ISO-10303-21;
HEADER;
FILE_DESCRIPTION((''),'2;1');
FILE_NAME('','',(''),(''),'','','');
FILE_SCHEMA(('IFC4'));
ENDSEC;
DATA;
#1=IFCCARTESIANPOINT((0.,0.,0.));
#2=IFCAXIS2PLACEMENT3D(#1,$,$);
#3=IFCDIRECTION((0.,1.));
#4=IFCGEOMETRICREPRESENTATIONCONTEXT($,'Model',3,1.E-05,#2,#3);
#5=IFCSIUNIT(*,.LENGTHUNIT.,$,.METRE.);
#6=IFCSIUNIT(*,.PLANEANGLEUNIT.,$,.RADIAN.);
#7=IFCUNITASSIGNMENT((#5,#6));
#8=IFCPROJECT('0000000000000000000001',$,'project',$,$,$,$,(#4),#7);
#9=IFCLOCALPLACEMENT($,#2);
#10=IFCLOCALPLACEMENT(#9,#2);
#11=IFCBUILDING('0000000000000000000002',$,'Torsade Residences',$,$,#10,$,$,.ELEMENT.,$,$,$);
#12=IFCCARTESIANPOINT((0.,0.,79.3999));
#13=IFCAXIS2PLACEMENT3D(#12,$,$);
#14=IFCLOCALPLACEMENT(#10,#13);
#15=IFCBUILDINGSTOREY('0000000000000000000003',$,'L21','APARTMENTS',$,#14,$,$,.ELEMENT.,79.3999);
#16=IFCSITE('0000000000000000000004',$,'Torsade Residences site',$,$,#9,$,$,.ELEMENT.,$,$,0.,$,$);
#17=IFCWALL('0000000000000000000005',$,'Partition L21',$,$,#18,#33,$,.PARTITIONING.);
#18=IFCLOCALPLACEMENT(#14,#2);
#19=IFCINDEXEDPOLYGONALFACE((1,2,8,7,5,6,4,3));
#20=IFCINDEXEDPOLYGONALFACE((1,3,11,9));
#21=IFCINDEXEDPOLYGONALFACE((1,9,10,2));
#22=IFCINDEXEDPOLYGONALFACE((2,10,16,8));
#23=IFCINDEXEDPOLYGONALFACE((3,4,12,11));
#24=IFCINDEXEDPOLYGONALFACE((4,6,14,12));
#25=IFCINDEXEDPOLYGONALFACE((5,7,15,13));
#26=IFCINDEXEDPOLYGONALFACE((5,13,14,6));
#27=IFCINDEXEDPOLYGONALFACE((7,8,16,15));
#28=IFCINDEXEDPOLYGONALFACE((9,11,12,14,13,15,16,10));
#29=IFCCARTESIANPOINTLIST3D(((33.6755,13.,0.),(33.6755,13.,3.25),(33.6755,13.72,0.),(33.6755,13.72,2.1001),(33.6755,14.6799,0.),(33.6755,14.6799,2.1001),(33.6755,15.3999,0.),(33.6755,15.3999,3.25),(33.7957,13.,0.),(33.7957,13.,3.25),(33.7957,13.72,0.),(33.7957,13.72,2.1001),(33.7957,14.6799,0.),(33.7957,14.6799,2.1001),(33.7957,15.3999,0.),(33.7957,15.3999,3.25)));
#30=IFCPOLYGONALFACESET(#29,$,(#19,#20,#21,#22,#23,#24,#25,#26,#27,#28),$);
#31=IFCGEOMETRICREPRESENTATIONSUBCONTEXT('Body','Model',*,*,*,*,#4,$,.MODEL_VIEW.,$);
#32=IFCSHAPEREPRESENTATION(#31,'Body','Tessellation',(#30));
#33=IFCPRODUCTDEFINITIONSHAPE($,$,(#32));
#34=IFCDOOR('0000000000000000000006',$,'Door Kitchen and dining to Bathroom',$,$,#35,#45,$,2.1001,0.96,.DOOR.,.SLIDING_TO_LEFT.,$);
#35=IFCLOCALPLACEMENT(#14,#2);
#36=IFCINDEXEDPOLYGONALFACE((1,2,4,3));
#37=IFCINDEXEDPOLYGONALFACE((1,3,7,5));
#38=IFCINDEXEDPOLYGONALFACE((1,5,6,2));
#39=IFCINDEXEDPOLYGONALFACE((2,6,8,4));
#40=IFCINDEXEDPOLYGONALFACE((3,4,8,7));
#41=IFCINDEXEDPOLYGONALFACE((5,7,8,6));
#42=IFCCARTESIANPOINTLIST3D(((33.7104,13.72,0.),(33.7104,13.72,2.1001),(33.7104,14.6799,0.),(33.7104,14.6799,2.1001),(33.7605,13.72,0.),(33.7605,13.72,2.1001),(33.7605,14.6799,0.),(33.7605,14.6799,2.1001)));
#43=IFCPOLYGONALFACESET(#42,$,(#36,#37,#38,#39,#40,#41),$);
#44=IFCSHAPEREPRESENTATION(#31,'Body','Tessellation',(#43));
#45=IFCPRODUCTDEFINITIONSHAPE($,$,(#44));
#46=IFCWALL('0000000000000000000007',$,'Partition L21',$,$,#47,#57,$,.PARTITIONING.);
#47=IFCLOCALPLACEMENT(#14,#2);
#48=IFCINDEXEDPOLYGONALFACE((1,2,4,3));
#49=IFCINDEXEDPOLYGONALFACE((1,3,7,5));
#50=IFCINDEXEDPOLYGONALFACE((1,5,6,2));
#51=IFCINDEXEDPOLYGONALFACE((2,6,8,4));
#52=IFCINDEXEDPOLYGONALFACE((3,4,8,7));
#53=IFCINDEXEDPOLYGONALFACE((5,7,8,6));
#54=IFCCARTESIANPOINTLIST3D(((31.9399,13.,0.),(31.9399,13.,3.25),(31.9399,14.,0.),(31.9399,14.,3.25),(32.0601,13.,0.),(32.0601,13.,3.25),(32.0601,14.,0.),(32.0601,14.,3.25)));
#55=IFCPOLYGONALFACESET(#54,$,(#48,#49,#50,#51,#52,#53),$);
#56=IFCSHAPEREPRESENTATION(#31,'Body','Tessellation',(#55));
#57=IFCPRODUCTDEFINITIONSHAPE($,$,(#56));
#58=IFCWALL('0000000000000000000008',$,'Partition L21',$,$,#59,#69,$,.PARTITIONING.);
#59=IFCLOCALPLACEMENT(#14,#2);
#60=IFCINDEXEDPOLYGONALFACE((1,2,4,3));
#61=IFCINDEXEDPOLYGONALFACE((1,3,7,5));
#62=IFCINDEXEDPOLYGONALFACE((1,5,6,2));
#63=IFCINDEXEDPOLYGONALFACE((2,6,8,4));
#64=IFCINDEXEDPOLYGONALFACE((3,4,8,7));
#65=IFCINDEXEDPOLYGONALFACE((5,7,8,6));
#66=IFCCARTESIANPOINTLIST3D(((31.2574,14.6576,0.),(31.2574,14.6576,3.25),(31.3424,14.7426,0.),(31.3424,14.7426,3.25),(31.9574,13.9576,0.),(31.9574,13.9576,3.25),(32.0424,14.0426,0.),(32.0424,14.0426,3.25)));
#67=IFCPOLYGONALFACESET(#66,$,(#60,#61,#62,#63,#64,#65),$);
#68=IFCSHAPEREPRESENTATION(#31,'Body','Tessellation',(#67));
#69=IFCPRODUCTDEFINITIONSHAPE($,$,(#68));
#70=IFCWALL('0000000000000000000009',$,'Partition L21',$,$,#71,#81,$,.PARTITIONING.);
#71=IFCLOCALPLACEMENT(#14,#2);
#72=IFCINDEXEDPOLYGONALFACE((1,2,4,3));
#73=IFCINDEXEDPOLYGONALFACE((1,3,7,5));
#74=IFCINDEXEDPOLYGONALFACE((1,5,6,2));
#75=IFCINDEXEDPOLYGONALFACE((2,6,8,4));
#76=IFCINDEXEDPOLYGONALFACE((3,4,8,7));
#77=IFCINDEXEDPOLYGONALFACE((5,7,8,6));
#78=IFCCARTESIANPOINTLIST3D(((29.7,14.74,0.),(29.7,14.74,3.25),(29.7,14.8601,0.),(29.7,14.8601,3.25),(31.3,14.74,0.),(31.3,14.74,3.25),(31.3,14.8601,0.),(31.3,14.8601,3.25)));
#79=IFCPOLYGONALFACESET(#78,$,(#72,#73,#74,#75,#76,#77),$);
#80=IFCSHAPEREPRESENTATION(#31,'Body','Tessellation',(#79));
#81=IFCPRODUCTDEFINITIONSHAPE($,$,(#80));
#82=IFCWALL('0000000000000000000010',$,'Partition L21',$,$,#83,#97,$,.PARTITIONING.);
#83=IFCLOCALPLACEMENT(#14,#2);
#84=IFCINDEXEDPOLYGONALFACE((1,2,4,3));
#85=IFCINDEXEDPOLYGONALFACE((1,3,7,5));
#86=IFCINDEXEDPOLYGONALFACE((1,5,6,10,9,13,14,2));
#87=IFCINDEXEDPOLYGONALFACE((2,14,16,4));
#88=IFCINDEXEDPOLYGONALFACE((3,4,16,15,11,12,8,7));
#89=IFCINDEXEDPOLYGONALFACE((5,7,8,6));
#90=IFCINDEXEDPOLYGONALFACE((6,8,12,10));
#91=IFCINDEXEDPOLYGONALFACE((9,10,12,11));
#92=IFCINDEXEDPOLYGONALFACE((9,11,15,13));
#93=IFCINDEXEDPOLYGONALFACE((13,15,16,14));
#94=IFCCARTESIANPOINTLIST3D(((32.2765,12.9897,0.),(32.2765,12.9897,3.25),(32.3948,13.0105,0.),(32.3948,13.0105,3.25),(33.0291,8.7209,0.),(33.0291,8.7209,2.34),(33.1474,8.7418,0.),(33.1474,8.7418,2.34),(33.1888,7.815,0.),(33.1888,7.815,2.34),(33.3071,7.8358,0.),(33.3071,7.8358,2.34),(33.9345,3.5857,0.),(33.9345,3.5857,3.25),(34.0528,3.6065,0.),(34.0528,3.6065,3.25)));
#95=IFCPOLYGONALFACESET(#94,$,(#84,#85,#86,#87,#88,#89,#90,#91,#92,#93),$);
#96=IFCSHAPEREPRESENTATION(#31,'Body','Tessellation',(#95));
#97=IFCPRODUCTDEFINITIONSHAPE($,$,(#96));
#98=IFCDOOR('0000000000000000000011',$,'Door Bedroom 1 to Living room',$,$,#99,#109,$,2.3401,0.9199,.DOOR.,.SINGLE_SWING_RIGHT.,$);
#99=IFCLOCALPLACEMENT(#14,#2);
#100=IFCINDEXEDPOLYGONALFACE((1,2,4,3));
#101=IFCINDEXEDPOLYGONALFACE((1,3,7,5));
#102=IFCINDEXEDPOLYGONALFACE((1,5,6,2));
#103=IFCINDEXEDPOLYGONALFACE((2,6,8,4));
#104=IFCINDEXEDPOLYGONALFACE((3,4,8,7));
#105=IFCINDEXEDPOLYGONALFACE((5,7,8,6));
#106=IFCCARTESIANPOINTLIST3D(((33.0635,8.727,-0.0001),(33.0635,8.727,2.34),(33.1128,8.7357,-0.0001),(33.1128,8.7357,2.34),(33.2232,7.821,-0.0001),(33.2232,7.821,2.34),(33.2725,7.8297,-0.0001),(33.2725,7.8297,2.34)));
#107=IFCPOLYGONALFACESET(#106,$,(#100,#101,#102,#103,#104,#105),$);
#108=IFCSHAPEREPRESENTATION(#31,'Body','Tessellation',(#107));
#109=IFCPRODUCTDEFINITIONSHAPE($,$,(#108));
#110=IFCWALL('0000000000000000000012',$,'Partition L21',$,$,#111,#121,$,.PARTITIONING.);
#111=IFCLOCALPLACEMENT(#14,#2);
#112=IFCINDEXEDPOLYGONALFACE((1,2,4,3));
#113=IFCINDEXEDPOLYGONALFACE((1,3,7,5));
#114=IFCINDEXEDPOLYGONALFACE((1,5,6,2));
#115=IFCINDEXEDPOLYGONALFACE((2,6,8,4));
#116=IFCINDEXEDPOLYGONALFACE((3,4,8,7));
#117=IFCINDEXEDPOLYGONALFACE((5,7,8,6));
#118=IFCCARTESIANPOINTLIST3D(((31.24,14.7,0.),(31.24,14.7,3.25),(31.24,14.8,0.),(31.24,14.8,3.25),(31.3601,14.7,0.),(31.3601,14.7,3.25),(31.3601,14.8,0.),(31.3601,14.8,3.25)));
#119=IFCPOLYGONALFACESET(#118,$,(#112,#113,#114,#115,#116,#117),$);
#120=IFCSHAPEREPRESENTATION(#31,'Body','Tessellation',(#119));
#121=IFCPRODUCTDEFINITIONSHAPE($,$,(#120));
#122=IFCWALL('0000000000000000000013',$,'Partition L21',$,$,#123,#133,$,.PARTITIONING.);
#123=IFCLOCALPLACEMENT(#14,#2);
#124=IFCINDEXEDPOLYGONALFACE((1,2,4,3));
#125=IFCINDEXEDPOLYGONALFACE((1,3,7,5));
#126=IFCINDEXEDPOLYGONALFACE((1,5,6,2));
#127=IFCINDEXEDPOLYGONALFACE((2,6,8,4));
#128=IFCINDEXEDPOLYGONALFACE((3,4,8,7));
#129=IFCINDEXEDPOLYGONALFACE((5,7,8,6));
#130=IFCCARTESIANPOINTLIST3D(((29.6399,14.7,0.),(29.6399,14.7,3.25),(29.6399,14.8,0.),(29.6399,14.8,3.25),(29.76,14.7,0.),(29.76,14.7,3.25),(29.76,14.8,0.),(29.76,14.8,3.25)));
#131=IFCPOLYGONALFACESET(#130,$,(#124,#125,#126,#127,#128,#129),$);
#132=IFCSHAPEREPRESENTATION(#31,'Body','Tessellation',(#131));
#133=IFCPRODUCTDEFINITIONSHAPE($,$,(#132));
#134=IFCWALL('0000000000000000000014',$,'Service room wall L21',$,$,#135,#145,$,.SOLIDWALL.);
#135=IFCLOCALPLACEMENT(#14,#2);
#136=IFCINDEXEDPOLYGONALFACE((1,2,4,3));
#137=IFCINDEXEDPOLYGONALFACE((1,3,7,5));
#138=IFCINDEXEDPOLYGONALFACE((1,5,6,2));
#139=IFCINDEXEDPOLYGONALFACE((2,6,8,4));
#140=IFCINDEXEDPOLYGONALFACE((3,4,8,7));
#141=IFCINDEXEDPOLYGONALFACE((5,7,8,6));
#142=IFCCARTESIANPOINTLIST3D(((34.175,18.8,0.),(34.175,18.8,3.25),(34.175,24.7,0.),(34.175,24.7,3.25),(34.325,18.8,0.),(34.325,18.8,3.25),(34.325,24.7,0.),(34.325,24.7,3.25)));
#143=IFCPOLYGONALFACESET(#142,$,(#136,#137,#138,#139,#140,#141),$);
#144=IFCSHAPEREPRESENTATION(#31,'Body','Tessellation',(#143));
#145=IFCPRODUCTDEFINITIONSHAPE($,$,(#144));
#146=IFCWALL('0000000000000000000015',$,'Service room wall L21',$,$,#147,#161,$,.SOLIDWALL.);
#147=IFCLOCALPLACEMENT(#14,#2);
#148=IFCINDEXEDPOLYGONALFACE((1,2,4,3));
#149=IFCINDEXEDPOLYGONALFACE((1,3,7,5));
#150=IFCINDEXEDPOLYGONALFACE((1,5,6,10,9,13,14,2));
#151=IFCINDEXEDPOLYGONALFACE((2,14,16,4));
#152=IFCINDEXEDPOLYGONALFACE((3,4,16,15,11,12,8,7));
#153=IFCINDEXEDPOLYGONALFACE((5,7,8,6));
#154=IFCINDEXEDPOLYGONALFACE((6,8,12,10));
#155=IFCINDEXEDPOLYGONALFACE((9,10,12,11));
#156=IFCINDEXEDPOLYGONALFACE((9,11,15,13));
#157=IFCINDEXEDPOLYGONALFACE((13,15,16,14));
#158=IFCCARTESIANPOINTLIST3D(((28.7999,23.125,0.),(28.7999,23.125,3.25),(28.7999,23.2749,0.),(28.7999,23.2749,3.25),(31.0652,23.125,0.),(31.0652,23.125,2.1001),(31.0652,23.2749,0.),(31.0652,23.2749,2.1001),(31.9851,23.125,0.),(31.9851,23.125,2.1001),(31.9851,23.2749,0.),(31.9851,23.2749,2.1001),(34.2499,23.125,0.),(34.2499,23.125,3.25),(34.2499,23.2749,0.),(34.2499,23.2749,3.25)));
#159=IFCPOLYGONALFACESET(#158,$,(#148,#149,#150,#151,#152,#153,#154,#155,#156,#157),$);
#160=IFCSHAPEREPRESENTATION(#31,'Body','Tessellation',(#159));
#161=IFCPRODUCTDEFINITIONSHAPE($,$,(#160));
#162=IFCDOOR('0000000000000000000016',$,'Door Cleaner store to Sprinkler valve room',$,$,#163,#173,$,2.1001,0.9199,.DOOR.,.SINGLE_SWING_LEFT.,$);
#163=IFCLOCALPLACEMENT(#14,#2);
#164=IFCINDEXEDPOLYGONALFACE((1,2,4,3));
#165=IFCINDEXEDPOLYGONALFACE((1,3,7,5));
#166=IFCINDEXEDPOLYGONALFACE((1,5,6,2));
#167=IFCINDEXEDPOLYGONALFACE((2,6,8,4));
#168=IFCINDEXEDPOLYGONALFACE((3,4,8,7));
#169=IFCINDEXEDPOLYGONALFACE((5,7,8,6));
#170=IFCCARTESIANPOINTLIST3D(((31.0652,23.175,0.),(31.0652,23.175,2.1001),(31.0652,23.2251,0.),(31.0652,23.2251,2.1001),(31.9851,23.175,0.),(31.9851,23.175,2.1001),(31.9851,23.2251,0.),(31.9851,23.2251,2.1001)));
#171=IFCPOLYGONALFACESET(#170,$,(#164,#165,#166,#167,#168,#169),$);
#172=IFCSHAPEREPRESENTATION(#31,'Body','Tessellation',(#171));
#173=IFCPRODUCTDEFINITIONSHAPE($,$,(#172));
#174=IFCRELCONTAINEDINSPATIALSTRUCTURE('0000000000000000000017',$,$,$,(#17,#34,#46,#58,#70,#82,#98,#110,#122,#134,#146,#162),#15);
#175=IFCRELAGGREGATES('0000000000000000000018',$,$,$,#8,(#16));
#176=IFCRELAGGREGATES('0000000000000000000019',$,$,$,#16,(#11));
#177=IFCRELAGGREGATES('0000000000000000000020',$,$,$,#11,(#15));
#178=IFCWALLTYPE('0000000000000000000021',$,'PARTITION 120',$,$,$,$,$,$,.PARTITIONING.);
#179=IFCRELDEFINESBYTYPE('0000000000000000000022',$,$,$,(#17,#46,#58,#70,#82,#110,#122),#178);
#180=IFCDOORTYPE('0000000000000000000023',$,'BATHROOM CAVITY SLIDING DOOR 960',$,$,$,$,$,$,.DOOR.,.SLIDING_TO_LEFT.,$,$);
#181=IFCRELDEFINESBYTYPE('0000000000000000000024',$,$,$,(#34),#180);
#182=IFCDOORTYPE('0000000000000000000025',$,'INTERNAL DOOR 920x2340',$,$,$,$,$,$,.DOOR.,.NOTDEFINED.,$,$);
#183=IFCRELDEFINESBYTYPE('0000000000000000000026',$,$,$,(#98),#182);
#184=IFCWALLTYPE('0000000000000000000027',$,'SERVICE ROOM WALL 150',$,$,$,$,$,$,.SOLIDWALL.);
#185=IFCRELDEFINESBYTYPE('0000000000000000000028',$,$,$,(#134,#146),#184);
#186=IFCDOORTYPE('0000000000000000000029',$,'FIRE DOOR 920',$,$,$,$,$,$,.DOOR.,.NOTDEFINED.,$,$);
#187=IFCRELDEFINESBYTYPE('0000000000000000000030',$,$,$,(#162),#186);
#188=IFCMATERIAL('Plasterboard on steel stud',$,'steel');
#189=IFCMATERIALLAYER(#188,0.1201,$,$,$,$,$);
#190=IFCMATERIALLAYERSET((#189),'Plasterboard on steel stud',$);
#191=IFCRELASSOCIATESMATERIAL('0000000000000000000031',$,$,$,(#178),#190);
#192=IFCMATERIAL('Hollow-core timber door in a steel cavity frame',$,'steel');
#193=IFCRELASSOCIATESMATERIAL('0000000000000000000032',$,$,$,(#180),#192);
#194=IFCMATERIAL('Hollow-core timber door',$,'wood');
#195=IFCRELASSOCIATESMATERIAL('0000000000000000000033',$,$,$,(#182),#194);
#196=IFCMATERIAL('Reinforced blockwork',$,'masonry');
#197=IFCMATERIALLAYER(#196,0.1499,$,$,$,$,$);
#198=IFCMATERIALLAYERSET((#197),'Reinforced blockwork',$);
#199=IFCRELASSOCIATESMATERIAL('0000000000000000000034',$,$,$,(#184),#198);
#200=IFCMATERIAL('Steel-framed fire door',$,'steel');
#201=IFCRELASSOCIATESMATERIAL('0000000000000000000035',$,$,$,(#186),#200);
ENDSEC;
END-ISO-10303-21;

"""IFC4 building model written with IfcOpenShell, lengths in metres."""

from ifc_helpers import new_model, si_unit, direction, frame, frame_2d, origin, place, context, subcontext, project, spatial, rectangle, extrude, material, layer, layer_set, type_object, element, fill, save


model = new_model("IFC4")

# Units and contexts
model_context = context("Model", 3, precision=1e-05, world=origin(), true_north=direction((0.0, 1.0)))
body_context = subcontext(model_context, "Body", "Model", "MODEL_VIEW")
ifc_project = project(units=[si_unit("LENGTHUNIT", "METRE"), si_unit("PLANEANGLEUNIT", "RADIAN")], contexts=[model_context])

# Site, building, storey
site_placement = place(None, origin())
site = spatial("IfcSite", under=ifc_project, at=site_placement, Name="Torsade Residences site", CompositionType="ELEMENT", RefElevation=0.0)
building_placement = place(site_placement, origin())
building = spatial("IfcBuilding", under=site, at=building_placement, Name="Torsade Residences", CompositionType="ELEMENT")
storey_placement = place(building_placement, frame((0.0, 0.0, 79.3999)))
storey = spatial("IfcBuildingStorey", under=building, at=storey_placement, Name="L21", Description="APARTMENTS", CompositionType="ELEMENT", Elevation=79.3999)

# Wall, opening, door
ifc_material_1 = material(Name="Plasterboard on steel stud", Category="steel")
ifc_layer_1 = layer(ifc_material_1, 0.1201)
ifc_layer_set_1 = layer_set([ifc_layer_1], Name="Plasterboard on steel stud")
wall_type_1 = type_object("IfcWallType", Name="PARTITION 120", PredefinedType="PARTITIONING", material=ifc_layer_set_1)
wall_1_placement = place(storey_placement, frame((33.7356, 15.3999, 0.0), z_axis=(0.0, 0.0, 1.0), x_axis=(0.0, -1.0, 0.0)))
wall_1 = element("IfcWall", 1, at=wall_1_placement, inside=storey, type_object=wall_type_1, Name="Partition L21", PredefinedType="PARTITIONING", context=body_context, shape_type="SweptSolid", body=[
    extrude(rectangle(XDim=2.3999, YDim=0.1201, at=frame_2d((1.2, 0.0))), origin(), (0.0, 0.0, 1.0), 3.25),
])
opening_1_placement = place(wall_1_placement, frame((0.72, 0.0, 0.0)))
opening_1 = element("IfcOpeningElement", 2, at=opening_1_placement, cuts=wall_1, PredefinedType="OPENING", context=body_context, shape_type="SweptSolid", body=[
    extrude(rectangle(XDim=0.96, YDim=2.1001, at=frame_2d((0.48, 1.05))), frame((0.0, 0.0701, 0.0), z_axis=(0.0, -1.0, 0.0), x_axis=(1.0, 0.0, 0.0)), (0.0, 0.0, 1.0), 0.1401),
])
ifc_material_2 = material(Name="Hollow-core timber door in a steel cavity frame", Category="steel")
door_type_1 = type_object("IfcDoorType", Name="BATHROOM CAVITY SLIDING DOOR 960", OperationType="SLIDING_TO_LEFT", PredefinedType="DOOR", material=ifc_material_2)
door_1_placement = place(opening_1_placement, origin())
door_1 = element("IfcDoor", 3, at=door_1_placement, inside=storey, type_object=door_type_1, Name="Door Kitchen and dining to Bathroom", OperationType="SLIDING_TO_LEFT", OverallHeight=2.1001, OverallWidth=0.96, PredefinedType="DOOR", context=body_context, shape_type="SweptSolid", body=[
    extrude(rectangle(XDim=0.96, YDim=2.1001, at=frame_2d((0.48, 1.05))), frame((0.0, 0.0249, 0.0), z_axis=(0.0, -1.0, 0.0), x_axis=(1.0, 0.0, 0.0)), (0.0, 0.0, 1.0), 0.05),
])
fill(opening_1, door_1)

# Walls
wall_2_placement = place(storey_placement, frame((32.0, 13.0, 0.0), z_axis=(0.0, 0.0, 1.0), x_axis=(0.0, 1.0, 0.0)))
element("IfcWall", 4, at=wall_2_placement, inside=storey, type_object=wall_type_1, Name="Partition L21", PredefinedType="PARTITIONING", context=body_context, shape_type="SweptSolid", body=[
    extrude(rectangle(XDim=1.0, YDim=0.1201, at=frame_2d((0.5, 0.0))), origin(), (0.0, 0.0, 1.0), 3.25),
])
wall_3_placement = place(storey_placement, frame((32.0, 14.0, 0.0), z_axis=(0.0, 0.0, 1.0), x_axis=(-0.707107, 0.707107, 0.0)))
element("IfcWall", 5, at=wall_3_placement, inside=storey, type_object=wall_type_1, Name="Partition L21", PredefinedType="PARTITIONING", context=body_context, shape_type="SweptSolid", body=[
    extrude(rectangle(XDim=0.99, YDim=0.1201, at=frame_2d((0.4951, 0.0))), origin(), (0.0, 0.0, 1.0), 3.25),
])
wall_4_placement = place(storey_placement, frame((31.3, 14.8, 0.0), z_axis=(0.0, 0.0, 1.0), x_axis=(-1.0, 0.0, 0.0)))
element("IfcWall", 6, at=wall_4_placement, inside=storey, type_object=wall_type_1, Name="Partition L21", PredefinedType="PARTITIONING", context=body_context, shape_type="SweptSolid", body=[
    extrude(rectangle(XDim=1.6001, YDim=0.1201, at=frame_2d((0.8, 0.0))), origin(), (0.0, 0.0, 1.0), 3.25),
])

# Wall, opening, door
wall_5_placement = place(storey_placement, frame((32.3357, 13.0, 0.0), z_axis=(0.0, 0.0, 1.0), x_axis=(0.173625, -0.984812, 0.0)))
wall_5 = element("IfcWall", 7, at=wall_5_placement, inside=storey, type_object=wall_type_1, Name="Partition L21", PredefinedType="PARTITIONING", context=body_context, shape_type="SweptSolid", body=[
    extrude(rectangle(XDim=9.5491, YDim=0.1201, at=frame_2d((4.7744, 0.0))), origin(), (0.0, 0.0, 1.0), 3.25),
])
opening_2_placement = place(wall_5_placement, frame((4.3345, 0.0, 0.0)))
opening_2 = element("IfcOpeningElement", 8, at=opening_2_placement, cuts=wall_5, PredefinedType="OPENING", context=body_context, shape_type="SweptSolid", body=[
    extrude(rectangle(XDim=0.9199, YDim=2.3401, at=frame_2d((0.46, 1.1699))), frame((0.0, 0.0701, 0.0), z_axis=(0.0, -1.0, 0.0), x_axis=(1.0, 0.0, 0.0)), (0.0, 0.0, 1.0), 0.1401),
])
ifc_material_3 = material(Name="Hollow-core timber door", Category="wood")
door_type_2 = type_object("IfcDoorType", Name="INTERNAL DOOR 920x2340", OperationType="NOTDEFINED", PredefinedType="DOOR", material=ifc_material_3)
door_2_placement = place(opening_2_placement, origin())
door_2 = element("IfcDoor", 9, at=door_2_placement, inside=storey, type_object=door_type_2, Name="Door Bedroom 1 to Living room", OperationType="SINGLE_SWING_RIGHT", OverallHeight=2.3401, OverallWidth=0.9199, PredefinedType="DOOR", context=body_context, shape_type="SweptSolid", body=[
    extrude(rectangle(XDim=0.9199, YDim=2.3401, at=frame_2d((0.46, 1.1699))), frame((0.0, 0.0249, 0.0), z_axis=(0.0, -1.0, 0.0), x_axis=(1.0, 0.0, 0.0)), (0.0, 0.0, 1.0), 0.05),
])
fill(opening_2, door_2)

# Walls
for number, where, z_axis, x_axis, name in (
    (10, (31.3, 14.8, 0.0), (0.0, 0.0, 1.0), (0.0, -1.0, 0.0), "Partition L21"),
    (11, (29.7, 14.8, 0.0), (0.0, 0.0, 1.0), (0.0, -1.0, 0.0), "Partition L21"),
):
    element("IfcWall", number, at=place(storey_placement, frame(where, z_axis=z_axis, x_axis=x_axis)), inside=storey, type_object=wall_type_1, Name=name, PredefinedType="PARTITIONING", context=body_context, shape_type="SweptSolid", body=[
        extrude(rectangle(XDim=0.1001, YDim=0.1201, at=frame_2d((0.05, 0.0))), origin(), (0.0, 0.0, 1.0), 3.25),
    ])
ifc_material_4 = material(Name="Reinforced blockwork", Category="masonry")
ifc_layer_2 = layer(ifc_material_4, 0.1499)
ifc_layer_set_2 = layer_set([ifc_layer_2], Name="Reinforced blockwork")
wall_type_2 = type_object("IfcWallType", Name="SERVICE ROOM WALL 150", PredefinedType="SOLIDWALL", material=ifc_layer_set_2)
wall_6_placement = place(storey_placement, frame((34.25, 18.8, 0.0), z_axis=(0.0, 0.0, 1.0), x_axis=(0.0, 1.0, 0.0)))
element("IfcWall", 12, at=wall_6_placement, inside=storey, type_object=wall_type_2, Name="Service room wall L21", PredefinedType="SOLIDWALL", context=body_context, shape_type="SweptSolid", body=[
    extrude(rectangle(XDim=5.8999, YDim=0.1499, at=frame_2d((2.95, 0.0))), origin(), (0.0, 0.0, 1.0), 3.25),
])

# Wall, opening, door
wall_7_placement = place(storey_placement, frame((34.25, 23.2, 0.0), z_axis=(0.0, 0.0, 1.0), x_axis=(-1.0, 0.0, 0.0)))
wall_7 = element("IfcWall", 13, at=wall_7_placement, inside=storey, type_object=wall_type_2, Name="Service room wall L21", PredefinedType="SOLIDWALL", context=body_context, shape_type="SweptSolid", body=[
    extrude(rectangle(XDim=5.45, YDim=0.1499, at=frame_2d((2.7251, 0.0))), origin(), (0.0, 0.0, 1.0), 3.25),
])
opening_3_placement = place(wall_7_placement, frame((2.2649, 0.0, 0.0)))
opening_3 = element("IfcOpeningElement", 14, at=opening_3_placement, cuts=wall_7, PredefinedType="OPENING", context=body_context, shape_type="SweptSolid", body=[
    extrude(rectangle(XDim=0.9199, YDim=2.1001, at=frame_2d((0.46, 1.05))), frame((0.0, 0.085, 0.0), z_axis=(0.0, -1.0, 0.0), x_axis=(1.0, 0.0, 0.0)), (0.0, 0.0, 1.0), 0.1699),
])
ifc_material_5 = material(Name="Steel-framed fire door", Category="steel")
door_type_3 = type_object("IfcDoorType", Name="FIRE DOOR 920", OperationType="NOTDEFINED", PredefinedType="DOOR", material=ifc_material_5)
door_3_placement = place(opening_3_placement, origin())
door_3 = element("IfcDoor", 15, at=door_3_placement, inside=storey, type_object=door_type_3, Name="Door Cleaner store to Sprinkler valve room", OperationType="SINGLE_SWING_LEFT", OverallHeight=2.1001, OverallWidth=0.9199, PredefinedType="DOOR", context=body_context, shape_type="SweptSolid", body=[
    extrude(rectangle(XDim=0.9199, YDim=2.1001, at=frame_2d((0.46, 1.05))), frame((0.0, 0.0249, 0.0), z_axis=(0.0, -1.0, 0.0), x_axis=(1.0, 0.0, 0.0)), (0.0, 0.0, 1.0), 0.05),
])
fill(opening_3, door_3)

save(model, "model.ifc")
